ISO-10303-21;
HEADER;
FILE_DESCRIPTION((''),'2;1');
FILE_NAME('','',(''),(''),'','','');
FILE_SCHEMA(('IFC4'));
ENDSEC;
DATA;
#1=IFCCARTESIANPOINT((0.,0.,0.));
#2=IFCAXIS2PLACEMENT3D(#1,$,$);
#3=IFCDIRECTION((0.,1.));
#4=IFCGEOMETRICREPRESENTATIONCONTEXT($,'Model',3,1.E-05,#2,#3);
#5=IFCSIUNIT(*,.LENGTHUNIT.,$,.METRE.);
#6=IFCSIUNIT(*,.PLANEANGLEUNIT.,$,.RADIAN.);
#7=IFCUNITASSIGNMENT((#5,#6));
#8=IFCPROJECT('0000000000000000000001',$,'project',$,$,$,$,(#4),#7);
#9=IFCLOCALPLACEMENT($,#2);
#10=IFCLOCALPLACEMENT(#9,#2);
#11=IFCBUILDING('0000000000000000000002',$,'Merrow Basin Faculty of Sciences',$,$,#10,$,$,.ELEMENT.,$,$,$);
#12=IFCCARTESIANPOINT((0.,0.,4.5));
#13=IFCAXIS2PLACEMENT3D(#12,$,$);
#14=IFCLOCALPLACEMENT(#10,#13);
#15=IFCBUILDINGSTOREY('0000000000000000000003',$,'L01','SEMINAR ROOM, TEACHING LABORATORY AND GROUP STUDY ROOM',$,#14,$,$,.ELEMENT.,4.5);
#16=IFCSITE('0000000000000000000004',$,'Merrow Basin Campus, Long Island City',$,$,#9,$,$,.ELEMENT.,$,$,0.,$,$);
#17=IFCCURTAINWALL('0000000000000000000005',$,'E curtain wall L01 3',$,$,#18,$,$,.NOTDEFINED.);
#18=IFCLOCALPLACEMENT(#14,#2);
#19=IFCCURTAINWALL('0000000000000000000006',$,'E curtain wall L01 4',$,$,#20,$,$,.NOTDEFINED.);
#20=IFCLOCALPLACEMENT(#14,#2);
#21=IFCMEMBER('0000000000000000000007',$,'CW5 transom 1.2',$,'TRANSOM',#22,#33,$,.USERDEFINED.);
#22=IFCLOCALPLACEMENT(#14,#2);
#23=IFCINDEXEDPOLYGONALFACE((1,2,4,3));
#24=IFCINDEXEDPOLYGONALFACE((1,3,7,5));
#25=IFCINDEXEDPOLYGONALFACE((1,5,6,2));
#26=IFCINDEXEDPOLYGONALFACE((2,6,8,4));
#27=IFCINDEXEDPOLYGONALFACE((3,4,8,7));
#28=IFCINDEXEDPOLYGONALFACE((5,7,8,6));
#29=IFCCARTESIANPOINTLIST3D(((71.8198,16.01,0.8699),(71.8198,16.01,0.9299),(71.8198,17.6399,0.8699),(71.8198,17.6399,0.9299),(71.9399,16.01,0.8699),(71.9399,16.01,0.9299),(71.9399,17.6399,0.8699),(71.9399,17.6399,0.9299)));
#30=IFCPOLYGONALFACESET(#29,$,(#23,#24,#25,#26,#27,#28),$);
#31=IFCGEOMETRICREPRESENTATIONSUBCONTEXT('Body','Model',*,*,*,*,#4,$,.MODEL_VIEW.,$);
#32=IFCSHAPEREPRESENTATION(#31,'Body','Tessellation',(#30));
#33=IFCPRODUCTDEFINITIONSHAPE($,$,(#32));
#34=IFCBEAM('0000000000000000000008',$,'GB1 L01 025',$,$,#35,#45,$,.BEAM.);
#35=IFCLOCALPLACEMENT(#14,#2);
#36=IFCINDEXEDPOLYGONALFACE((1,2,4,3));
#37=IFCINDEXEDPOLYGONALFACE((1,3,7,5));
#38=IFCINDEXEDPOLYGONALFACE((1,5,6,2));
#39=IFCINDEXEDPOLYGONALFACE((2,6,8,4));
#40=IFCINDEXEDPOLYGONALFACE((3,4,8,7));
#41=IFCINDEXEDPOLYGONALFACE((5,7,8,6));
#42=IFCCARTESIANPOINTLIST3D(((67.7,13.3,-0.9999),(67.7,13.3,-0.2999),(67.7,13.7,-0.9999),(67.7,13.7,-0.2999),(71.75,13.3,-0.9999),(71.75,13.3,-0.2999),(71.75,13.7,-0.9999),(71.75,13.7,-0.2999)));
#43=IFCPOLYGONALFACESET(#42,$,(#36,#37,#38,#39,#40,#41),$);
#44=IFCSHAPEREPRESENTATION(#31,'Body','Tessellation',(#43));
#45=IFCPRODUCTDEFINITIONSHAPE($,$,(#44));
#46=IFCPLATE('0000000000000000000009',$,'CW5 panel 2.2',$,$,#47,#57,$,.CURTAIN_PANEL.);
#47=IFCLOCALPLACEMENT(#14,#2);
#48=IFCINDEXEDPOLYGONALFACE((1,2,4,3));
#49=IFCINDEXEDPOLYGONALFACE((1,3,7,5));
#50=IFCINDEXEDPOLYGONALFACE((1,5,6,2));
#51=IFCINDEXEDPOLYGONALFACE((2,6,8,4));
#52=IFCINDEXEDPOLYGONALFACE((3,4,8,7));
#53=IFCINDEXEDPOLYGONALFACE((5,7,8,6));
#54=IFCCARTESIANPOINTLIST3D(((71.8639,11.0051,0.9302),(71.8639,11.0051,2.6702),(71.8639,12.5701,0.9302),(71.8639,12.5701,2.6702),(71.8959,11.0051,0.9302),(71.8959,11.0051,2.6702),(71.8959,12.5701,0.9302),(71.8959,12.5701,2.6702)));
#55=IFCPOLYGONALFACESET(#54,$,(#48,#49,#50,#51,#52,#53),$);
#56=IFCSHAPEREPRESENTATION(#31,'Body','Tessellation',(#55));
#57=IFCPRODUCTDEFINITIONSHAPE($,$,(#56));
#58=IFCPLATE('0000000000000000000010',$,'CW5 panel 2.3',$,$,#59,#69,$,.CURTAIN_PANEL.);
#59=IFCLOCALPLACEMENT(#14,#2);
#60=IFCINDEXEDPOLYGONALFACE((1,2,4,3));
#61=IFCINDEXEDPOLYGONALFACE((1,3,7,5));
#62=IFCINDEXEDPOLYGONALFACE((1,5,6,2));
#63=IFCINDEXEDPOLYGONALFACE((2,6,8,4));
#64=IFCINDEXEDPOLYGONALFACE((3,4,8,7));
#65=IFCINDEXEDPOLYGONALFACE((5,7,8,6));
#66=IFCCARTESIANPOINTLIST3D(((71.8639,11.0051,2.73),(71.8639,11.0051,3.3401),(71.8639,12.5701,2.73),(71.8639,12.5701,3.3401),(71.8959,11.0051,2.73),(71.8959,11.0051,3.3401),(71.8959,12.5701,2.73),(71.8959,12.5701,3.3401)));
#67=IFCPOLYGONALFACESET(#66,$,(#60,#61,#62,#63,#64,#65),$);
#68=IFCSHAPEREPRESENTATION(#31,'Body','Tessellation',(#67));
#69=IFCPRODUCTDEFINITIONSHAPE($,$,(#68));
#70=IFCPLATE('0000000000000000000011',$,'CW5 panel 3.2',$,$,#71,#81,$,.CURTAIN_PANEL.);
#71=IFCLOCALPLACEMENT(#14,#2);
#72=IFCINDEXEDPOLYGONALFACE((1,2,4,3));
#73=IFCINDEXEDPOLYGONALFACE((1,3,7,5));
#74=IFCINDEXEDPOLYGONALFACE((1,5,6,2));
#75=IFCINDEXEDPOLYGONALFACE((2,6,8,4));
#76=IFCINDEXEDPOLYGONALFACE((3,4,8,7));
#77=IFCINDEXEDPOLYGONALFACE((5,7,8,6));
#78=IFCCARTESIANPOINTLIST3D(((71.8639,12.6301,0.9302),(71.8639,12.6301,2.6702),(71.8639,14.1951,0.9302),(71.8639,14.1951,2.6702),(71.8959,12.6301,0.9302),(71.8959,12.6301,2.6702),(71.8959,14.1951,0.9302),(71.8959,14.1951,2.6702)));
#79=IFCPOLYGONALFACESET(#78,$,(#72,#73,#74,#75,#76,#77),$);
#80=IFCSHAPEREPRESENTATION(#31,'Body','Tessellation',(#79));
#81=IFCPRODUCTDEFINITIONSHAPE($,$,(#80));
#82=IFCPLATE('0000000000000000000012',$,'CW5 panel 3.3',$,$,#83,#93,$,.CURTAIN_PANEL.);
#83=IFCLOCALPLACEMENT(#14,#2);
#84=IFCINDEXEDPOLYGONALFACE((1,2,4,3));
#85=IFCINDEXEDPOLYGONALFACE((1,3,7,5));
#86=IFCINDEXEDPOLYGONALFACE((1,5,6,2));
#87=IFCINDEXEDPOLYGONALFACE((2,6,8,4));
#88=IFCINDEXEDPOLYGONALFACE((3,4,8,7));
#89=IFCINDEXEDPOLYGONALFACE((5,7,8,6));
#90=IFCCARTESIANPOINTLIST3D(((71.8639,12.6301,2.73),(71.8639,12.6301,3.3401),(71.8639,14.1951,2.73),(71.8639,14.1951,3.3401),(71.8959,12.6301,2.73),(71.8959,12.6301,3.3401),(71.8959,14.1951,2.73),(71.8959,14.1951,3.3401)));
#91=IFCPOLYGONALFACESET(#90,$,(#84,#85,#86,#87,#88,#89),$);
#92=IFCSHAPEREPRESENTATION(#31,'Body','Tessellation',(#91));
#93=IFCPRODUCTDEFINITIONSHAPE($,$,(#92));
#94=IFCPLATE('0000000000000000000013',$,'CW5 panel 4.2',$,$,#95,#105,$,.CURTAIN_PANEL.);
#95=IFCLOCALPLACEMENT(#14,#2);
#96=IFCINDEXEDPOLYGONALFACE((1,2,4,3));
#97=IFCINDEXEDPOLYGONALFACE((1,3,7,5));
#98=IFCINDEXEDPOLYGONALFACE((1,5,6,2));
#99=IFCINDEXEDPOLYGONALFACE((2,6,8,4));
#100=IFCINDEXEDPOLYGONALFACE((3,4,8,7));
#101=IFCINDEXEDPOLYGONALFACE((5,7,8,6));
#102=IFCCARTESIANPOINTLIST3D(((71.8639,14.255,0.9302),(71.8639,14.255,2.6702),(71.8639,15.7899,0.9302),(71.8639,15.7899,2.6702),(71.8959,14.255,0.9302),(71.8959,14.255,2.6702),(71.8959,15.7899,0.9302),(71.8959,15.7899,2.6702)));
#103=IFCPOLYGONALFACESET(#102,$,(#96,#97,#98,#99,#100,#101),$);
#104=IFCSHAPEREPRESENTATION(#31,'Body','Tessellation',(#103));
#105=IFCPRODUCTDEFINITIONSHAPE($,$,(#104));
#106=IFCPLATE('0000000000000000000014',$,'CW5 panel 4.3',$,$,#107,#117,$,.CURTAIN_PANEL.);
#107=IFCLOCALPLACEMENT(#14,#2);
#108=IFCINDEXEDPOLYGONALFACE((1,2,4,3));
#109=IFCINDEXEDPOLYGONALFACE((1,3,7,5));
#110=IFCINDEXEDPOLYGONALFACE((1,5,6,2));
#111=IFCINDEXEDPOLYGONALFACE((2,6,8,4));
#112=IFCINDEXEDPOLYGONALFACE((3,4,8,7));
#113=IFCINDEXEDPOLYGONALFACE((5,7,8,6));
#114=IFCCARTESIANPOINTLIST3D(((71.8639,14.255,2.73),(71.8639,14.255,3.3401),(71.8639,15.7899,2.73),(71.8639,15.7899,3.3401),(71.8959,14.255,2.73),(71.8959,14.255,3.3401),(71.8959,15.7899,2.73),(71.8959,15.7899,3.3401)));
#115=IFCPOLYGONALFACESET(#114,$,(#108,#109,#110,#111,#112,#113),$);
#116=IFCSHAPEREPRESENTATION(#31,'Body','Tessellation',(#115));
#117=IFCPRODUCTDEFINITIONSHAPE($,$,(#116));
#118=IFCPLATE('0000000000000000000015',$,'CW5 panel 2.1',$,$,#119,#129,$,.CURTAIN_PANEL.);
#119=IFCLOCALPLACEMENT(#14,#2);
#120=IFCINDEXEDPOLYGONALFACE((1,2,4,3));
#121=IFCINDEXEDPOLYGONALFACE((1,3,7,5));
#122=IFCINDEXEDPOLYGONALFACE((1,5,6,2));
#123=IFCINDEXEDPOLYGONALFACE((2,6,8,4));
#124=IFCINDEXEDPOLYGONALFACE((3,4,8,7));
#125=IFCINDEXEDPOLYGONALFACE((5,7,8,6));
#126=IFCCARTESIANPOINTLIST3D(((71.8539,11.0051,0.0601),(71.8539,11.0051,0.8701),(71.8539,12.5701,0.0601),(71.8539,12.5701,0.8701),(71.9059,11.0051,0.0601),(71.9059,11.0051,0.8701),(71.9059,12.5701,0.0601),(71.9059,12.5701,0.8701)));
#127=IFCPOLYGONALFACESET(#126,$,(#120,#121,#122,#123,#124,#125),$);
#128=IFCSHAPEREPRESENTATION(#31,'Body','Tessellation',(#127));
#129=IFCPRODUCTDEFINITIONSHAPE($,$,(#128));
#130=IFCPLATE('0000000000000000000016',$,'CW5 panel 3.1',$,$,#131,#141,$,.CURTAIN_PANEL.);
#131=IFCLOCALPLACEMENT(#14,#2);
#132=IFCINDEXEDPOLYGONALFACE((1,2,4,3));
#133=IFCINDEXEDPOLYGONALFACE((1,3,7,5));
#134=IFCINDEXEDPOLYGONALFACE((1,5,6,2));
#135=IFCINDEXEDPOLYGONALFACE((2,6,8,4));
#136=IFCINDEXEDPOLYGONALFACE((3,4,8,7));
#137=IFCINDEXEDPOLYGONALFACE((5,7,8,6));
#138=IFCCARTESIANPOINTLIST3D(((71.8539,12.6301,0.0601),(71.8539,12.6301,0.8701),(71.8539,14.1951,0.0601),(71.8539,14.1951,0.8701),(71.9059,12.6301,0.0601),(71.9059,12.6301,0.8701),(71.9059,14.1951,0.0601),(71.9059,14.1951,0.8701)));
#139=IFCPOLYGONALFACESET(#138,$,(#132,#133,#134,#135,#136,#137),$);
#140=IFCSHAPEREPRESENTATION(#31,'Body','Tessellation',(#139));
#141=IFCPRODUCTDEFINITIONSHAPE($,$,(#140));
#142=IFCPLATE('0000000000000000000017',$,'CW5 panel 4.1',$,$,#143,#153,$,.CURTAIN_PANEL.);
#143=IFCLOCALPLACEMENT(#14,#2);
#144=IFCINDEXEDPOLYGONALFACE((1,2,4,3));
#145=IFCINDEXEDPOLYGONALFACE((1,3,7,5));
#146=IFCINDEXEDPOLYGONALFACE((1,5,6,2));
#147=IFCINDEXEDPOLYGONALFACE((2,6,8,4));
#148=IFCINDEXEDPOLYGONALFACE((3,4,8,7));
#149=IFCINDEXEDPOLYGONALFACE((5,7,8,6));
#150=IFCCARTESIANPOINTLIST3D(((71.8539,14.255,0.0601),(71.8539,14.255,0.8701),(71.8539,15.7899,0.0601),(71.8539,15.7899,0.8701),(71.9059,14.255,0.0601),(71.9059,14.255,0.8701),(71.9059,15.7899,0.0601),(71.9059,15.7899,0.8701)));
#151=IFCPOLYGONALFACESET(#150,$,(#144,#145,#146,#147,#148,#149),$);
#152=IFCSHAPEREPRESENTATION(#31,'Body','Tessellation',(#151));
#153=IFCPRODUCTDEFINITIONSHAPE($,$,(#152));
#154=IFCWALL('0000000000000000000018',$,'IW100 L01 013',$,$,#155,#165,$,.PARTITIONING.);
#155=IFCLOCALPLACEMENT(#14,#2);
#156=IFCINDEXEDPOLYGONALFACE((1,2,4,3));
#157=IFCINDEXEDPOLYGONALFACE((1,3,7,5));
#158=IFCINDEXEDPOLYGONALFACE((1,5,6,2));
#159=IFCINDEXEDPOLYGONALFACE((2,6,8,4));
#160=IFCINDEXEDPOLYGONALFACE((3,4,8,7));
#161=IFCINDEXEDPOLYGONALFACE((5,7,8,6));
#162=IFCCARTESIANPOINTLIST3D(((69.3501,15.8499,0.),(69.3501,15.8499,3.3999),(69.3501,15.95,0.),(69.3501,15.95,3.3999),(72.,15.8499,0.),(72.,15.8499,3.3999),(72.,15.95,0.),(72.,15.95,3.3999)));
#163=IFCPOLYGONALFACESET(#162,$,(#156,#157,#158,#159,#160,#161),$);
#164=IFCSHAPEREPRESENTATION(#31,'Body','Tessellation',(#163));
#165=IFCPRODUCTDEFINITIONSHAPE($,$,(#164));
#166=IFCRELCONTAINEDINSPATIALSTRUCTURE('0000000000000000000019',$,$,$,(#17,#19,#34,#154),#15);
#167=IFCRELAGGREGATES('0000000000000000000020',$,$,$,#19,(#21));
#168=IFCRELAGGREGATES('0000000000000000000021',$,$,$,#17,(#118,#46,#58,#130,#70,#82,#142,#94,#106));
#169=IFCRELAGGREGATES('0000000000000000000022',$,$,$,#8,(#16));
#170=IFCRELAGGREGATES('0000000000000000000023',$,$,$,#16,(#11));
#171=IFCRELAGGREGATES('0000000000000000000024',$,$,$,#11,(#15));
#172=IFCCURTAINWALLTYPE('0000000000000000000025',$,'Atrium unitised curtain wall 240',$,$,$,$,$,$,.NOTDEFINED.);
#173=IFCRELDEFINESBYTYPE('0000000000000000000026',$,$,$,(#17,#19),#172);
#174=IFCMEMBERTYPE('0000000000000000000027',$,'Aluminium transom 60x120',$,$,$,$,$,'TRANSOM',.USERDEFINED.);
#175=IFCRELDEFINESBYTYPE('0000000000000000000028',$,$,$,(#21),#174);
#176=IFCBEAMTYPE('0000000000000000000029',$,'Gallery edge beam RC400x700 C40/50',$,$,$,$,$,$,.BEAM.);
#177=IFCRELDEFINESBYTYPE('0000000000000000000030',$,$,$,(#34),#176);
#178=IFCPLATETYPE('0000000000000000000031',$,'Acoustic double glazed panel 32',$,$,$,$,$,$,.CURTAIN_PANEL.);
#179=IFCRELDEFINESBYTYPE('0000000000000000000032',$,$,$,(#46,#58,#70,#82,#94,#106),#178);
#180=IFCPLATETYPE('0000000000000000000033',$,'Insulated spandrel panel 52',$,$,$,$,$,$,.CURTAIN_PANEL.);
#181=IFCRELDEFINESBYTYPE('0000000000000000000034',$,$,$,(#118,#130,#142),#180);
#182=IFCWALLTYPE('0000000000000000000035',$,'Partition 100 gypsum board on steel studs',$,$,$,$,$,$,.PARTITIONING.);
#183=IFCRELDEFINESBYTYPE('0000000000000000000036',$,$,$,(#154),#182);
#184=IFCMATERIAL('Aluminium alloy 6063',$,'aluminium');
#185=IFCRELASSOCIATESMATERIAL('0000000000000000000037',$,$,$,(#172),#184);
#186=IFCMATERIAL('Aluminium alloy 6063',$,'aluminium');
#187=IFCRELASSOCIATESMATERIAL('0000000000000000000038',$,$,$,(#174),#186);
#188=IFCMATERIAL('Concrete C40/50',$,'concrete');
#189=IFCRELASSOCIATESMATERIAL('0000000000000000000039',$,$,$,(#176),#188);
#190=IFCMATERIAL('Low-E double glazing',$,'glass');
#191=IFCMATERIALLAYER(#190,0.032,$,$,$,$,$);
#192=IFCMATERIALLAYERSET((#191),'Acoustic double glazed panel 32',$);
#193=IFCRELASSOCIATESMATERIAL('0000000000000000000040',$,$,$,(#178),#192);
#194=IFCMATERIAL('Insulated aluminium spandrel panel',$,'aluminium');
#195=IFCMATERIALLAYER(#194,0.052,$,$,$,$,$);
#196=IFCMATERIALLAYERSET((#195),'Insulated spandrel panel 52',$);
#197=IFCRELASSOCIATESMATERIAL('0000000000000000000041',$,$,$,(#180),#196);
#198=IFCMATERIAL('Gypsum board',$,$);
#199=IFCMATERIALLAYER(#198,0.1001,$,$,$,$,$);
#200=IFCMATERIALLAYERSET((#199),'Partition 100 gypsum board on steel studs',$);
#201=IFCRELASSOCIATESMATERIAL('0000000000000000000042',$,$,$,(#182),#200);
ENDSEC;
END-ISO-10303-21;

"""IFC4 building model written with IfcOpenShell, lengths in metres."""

from ifc_helpers import new_model, si_unit, direction, frame, frame_2d, origin, origin_2d, place, context, subcontext, project, spatial, rectangle, extrude, material, layer, layer_set, material_profile, profile_set, type_object, element, aggregate, save


model = new_model("IFC4")

# Units and contexts
model_context = context("Model", 3, precision=1e-05, world=origin(), true_north=direction((0.0, 1.0)))
body_context = subcontext(model_context, "Body", "Model", "MODEL_VIEW")
ifc_project = project(units=[si_unit("LENGTHUNIT", "METRE"), si_unit("PLANEANGLEUNIT", "RADIAN")], contexts=[model_context])

# Site, building, storey
site_placement = place(None, origin())
site = spatial("IfcSite", under=ifc_project, at=site_placement, Name="Merrow Basin Campus, Long Island City", CompositionType="ELEMENT", RefElevation=0.0)
building_placement = place(site_placement, origin())
building = spatial("IfcBuilding", under=site, at=building_placement, Name="Merrow Basin Faculty of Sciences", CompositionType="ELEMENT")
storey_placement = place(building_placement, frame((0.0, 0.0, 4.5)))
storey = spatial("IfcBuildingStorey", under=building, at=storey_placement, Name="L01", Description="SEMINAR ROOM, TEACHING LABORATORY AND GROUP STUDY ROOM", CompositionType="ELEMENT", Elevation=4.5)

# Curtain wall
ifc_material_1 = material(Name="Aluminium alloy 6063", Category="aluminium")
curtain_wall_type = type_object("IfcCurtainWallType", Name="Atrium unitised curtain wall 240", PredefinedType="NOTDEFINED", material=ifc_material_1)
curtain_wall_1_placement = place(storey_placement, origin())
curtain_wall_1 = element("IfcCurtainWall", 1, at=curtain_wall_1_placement, inside=storey, type_object=curtain_wall_type, Name="E curtain wall L01 3", PredefinedType="NOTDEFINED")

# Curtain wall
curtain_wall_2_placement = place(storey_placement, origin())
curtain_wall_2 = element("IfcCurtainWall", 2, at=curtain_wall_2_placement, inside=storey, type_object=curtain_wall_type, Name="E curtain wall L01 4", PredefinedType="NOTDEFINED")

# Member
ifc_material_2 = material(Name="Aluminium alloy 6063", Category="aluminium")
ifc_material_profile_1 = material_profile(ifc_material_2, rectangle(XDim=0.1201, YDim=0.0601, at=origin_2d()))
ifc_profile_set_1 = profile_set([ifc_material_profile_1], Name="Aluminium alloy 6063")
member_type_1 = type_object("IfcMemberType", Name="Aluminium transom 60x120", ElementType="TRANSOM", PredefinedType="USERDEFINED", material=ifc_profile_set_1)
member_1_placement = place(storey_placement, frame((71.8799, 16.01, 0.8999), z_axis=(0.0, 1.0, 0.0), x_axis=(-1.0, 0.0, 0.0)))
member_1 = element("IfcMember", 3, at=member_1_placement, type_object=member_type_1, Name="CW5 transom 1.2", ObjectType="TRANSOM", PredefinedType="USERDEFINED", context=body_context, shape_type="SweptSolid", body=[
    extrude(rectangle(XDim=0.1201, YDim=0.0601, at=origin_2d()), origin(), (0.0, 0.0, 1.0), 1.6299),
])
aggregate(curtain_wall_2, [member_1])

# Beam
ifc_material_3 = material(Name="Concrete C40/50", Category="concrete")
ifc_material_profile_2 = material_profile(ifc_material_3, rectangle(XDim=0.3999, YDim=0.7, at=origin_2d()))
ifc_profile_set_2 = profile_set([ifc_material_profile_2], Name="Concrete C40/50")
beam_type = type_object("IfcBeamType", Name="Gallery edge beam RC400x700 C40/50", PredefinedType="BEAM", material=ifc_profile_set_2)
beam_placement = place(storey_placement, frame((67.7, 13.5, -0.6499), z_axis=(1.0, 0.0, 0.0), x_axis=(0.0, 1.0, 0.0)))
element("IfcBeam", 4, at=beam_placement, inside=storey, type_object=beam_type, Name="GB1 L01 025", PredefinedType="BEAM", context=body_context, shape_type="SweptSolid", body=[
    extrude(rectangle(XDim=0.3999, YDim=0.7, at=origin_2d()), origin(), (0.0, 0.0, 1.0), 4.05),
])

# Plates
ifc_material_4 = material(Name="Low-E double glazing", Category="glass")
ifc_layer_1 = layer(ifc_material_4, 0.032)
ifc_layer_set_1 = layer_set([ifc_layer_1], Name="Acoustic double glazed panel 32")
plate_type_1 = type_object("IfcPlateType", Name="Acoustic double glazed panel 32", PredefinedType="CURTAIN_PANEL", material=ifc_layer_set_1)
plate_1_placement = place(storey_placement, frame((71.8799, 11.7876, 0.9302), z_axis=(0.0, 0.0, 1.0), x_axis=(0.0, 1.0, 0.0)))
plate_1 = element("IfcPlate", 5, at=plate_1_placement, type_object=plate_type_1, Name="CW5 panel 2.2", PredefinedType="CURTAIN_PANEL", context=body_context, shape_type="SweptSolid", body=[
    extrude(rectangle(XDim=1.5649, YDim=0.032, at=origin_2d()), origin(), (0.0, 0.0, 1.0), 1.74),
])
plate_2_placement = place(storey_placement, frame((71.8799, 11.7876, 2.73), z_axis=(0.0, 0.0, 1.0), x_axis=(0.0, 1.0, 0.0)))
plate_2 = element("IfcPlate", 6, at=plate_2_placement, type_object=plate_type_1, Name="CW5 panel 2.3", PredefinedType="CURTAIN_PANEL", context=body_context, shape_type="SweptSolid", body=[
    extrude(rectangle(XDim=1.5649, YDim=0.032, at=origin_2d()), origin(), (0.0, 0.0, 1.0), 0.6101),
])
plate_3_placement = place(storey_placement, frame((71.8799, 13.4126, 0.9302), z_axis=(0.0, 0.0, 1.0), x_axis=(0.0, 1.0, 0.0)))
plate_3 = element("IfcPlate", 7, at=plate_3_placement, type_object=plate_type_1, Name="CW5 panel 3.2", PredefinedType="CURTAIN_PANEL", context=body_context, shape_type="SweptSolid", body=[
    extrude(rectangle(XDim=1.5649, YDim=0.032, at=origin_2d()), origin(), (0.0, 0.0, 1.0), 1.74),
])
plate_4_placement = place(storey_placement, frame((71.8799, 13.4126, 2.73), z_axis=(0.0, 0.0, 1.0), x_axis=(0.0, 1.0, 0.0)))
plate_4 = element("IfcPlate", 8, at=plate_4_placement, type_object=plate_type_1, Name="CW5 panel 3.3", PredefinedType="CURTAIN_PANEL", context=body_context, shape_type="SweptSolid", body=[
    extrude(rectangle(XDim=1.5649, YDim=0.032, at=origin_2d()), origin(), (0.0, 0.0, 1.0), 0.6101),
])
plate_5_placement = place(storey_placement, frame((71.8799, 15.0225, 0.9302), z_axis=(0.0, 0.0, 1.0), x_axis=(0.0, 1.0, 0.0)))
plate_5 = element("IfcPlate", 9, at=plate_5_placement, type_object=plate_type_1, Name="CW5 panel 4.2", PredefinedType="CURTAIN_PANEL", context=body_context, shape_type="SweptSolid", body=[
    extrude(rectangle(XDim=1.5349, YDim=0.032, at=origin_2d()), origin(), (0.0, 0.0, 1.0), 1.74),
])
plate_6_placement = place(storey_placement, frame((71.8799, 15.0225, 2.73), z_axis=(0.0, 0.0, 1.0), x_axis=(0.0, 1.0, 0.0)))
plate_6 = element("IfcPlate", 10, at=plate_6_placement, type_object=plate_type_1, Name="CW5 panel 4.3", PredefinedType="CURTAIN_PANEL", context=body_context, shape_type="SweptSolid", body=[
    extrude(rectangle(XDim=1.5349, YDim=0.032, at=origin_2d()), origin(), (0.0, 0.0, 1.0), 0.6101),
])
ifc_material_5 = material(Name="Insulated aluminium spandrel panel", Category="aluminium")
ifc_layer_2 = layer(ifc_material_5, 0.052)
ifc_layer_set_2 = layer_set([ifc_layer_2], Name="Insulated spandrel panel 52")
plate_type_2 = type_object("IfcPlateType", Name="Insulated spandrel panel 52", PredefinedType="CURTAIN_PANEL", material=ifc_layer_set_2)
plate_7_placement = place(storey_placement, frame((71.8799, 11.7876, 0.0601), z_axis=(0.0, 0.0, 1.0), x_axis=(0.0, 1.0, 0.0)))
plate_7 = element("IfcPlate", 11, at=plate_7_placement, type_object=plate_type_2, Name="CW5 panel 2.1", PredefinedType="CURTAIN_PANEL", context=body_context, shape_type="SweptSolid", body=[
    extrude(rectangle(XDim=1.5649, YDim=0.052, at=origin_2d()), origin(), (0.0, 0.0, 1.0), 0.8101),
])
plate_8_placement = place(storey_placement, frame((71.8799, 13.4126, 0.0601), z_axis=(0.0, 0.0, 1.0), x_axis=(0.0, 1.0, 0.0)))
plate_8 = element("IfcPlate", 12, at=plate_8_placement, type_object=plate_type_2, Name="CW5 panel 3.1", PredefinedType="CURTAIN_PANEL", context=body_context, shape_type="SweptSolid", body=[
    extrude(rectangle(XDim=1.5649, YDim=0.052, at=origin_2d()), origin(), (0.0, 0.0, 1.0), 0.8101),
])
plate_9_placement = place(storey_placement, frame((71.8799, 15.0225, 0.0601), z_axis=(0.0, 0.0, 1.0), x_axis=(0.0, 1.0, 0.0)))
plate_9 = element("IfcPlate", 13, at=plate_9_placement, type_object=plate_type_2, Name="CW5 panel 4.1", PredefinedType="CURTAIN_PANEL", context=body_context, shape_type="SweptSolid", body=[
    extrude(rectangle(XDim=1.5349, YDim=0.052, at=origin_2d()), origin(), (0.0, 0.0, 1.0), 0.8101),
])
aggregate(curtain_wall_1, [plate_7, plate_1, plate_2, plate_8, plate_3, plate_4, plate_9, plate_5, plate_6])

# Wall
ifc_material_6 = material(Name="Gypsum board")
ifc_layer_3 = layer(ifc_material_6, 0.1001)
ifc_layer_set_3 = layer_set([ifc_layer_3], Name="Partition 100 gypsum board on steel studs")
wall_type = type_object("IfcWallType", Name="Partition 100 gypsum board on steel studs", PredefinedType="PARTITIONING", material=ifc_layer_set_3)
wall_placement = place(storey_placement, frame((69.3501, 15.8999, 0.0), z_axis=(0.0, 0.0, 1.0), x_axis=(1.0, 0.0, 0.0)))
element("IfcWall", 14, at=wall_placement, inside=storey, type_object=wall_type, Name="IW100 L01 013", PredefinedType="PARTITIONING", context=body_context, shape_type="SweptSolid", body=[
    extrude(rectangle(XDim=2.6499, YDim=0.1001, at=frame_2d((1.325, 0.0))), origin(), (0.0, 0.0, 1.0), 3.3999),
])

save(model, "model.ifc")
